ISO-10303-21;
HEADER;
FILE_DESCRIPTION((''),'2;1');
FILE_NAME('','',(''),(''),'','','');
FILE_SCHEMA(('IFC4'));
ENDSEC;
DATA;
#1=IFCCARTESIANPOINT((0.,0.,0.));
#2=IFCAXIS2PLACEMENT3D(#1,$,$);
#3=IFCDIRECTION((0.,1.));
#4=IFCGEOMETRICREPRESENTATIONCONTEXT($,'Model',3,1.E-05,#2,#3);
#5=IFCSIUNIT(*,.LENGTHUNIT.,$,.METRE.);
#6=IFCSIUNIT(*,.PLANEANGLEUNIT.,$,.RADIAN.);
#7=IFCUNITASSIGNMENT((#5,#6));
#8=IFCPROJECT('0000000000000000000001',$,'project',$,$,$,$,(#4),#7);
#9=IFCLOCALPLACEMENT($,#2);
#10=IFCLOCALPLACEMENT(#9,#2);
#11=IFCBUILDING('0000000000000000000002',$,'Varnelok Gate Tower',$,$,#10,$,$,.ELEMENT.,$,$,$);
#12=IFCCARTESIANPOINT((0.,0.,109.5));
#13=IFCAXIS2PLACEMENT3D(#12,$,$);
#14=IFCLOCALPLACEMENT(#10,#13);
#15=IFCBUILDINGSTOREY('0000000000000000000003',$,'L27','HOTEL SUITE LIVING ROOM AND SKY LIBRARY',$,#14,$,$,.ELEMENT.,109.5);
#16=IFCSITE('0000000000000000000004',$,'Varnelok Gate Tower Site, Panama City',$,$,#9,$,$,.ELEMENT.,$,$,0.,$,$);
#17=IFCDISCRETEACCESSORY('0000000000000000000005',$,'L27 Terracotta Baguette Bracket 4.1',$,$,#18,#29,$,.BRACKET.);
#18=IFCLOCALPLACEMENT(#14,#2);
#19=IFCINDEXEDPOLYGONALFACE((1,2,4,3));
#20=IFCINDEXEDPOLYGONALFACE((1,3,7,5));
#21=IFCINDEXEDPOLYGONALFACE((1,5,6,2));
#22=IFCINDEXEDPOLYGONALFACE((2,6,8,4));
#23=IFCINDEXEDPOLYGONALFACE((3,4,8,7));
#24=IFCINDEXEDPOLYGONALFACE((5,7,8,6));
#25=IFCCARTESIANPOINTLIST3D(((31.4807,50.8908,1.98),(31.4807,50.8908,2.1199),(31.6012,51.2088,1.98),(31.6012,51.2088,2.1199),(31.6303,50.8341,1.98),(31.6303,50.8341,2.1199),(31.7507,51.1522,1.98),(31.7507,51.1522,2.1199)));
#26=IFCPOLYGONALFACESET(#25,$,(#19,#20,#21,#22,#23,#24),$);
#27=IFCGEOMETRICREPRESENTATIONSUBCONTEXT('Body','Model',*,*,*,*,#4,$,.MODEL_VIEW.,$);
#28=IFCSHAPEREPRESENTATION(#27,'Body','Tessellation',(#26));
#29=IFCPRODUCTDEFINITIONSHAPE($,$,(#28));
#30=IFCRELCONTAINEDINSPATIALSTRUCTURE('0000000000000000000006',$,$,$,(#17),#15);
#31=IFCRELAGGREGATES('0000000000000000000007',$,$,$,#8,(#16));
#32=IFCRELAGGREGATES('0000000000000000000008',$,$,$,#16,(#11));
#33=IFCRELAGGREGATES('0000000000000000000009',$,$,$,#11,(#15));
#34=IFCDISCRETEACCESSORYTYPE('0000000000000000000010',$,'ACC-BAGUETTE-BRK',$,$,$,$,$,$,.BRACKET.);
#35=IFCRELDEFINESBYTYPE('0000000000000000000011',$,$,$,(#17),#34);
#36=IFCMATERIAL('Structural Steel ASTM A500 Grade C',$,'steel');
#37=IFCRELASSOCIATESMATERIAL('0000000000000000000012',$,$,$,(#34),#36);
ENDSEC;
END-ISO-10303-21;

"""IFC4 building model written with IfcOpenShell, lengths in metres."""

from ifc_helpers import new_model, si_unit, direction, frame, origin, origin_2d, place, context, subcontext, project, spatial, rectangle, extrude, source, transform, mapped, material, type_object, element, save


model = new_model("IFC4")

# Units and contexts
model_context = context("Model", 3, precision=1e-05, world=origin(), true_north=direction((0.0, 1.0)))
body_context = subcontext(model_context, "Body", "Model", "MODEL_VIEW")
ifc_project = project(units=[si_unit("LENGTHUNIT", "METRE"), si_unit("PLANEANGLEUNIT", "RADIAN")], contexts=[model_context])

# Site, building, storey
site_placement = place(None, origin())
site = spatial("IfcSite", under=ifc_project, at=site_placement, Name="Varnelok Gate Tower Site, Panama City", CompositionType="ELEMENT", RefElevation=0.0)
building_placement = place(site_placement, origin())
building = spatial("IfcBuilding", under=site, at=building_placement, Name="Varnelok Gate Tower", CompositionType="ELEMENT")
storey_placement = place(building_placement, frame((0.0, 0.0, 109.5)))
storey = spatial("IfcBuildingStorey", under=building, at=storey_placement, Name="L27", Description="HOTEL SUITE LIVING ROOM AND SKY LIBRARY", CompositionType="ELEMENT", Elevation=109.5)

# Discrete accessory
ifc_material_1 = material(Name="Structural Steel ASTM A500 Grade C", Category="steel")
discrete_accessory_type = type_object("IfcDiscreteAccessoryType", Name="ACC-BAGUETTE-BRK", PredefinedType="BRACKET", material=ifc_material_1)
shared_shape_1 = source(origin(), body_context, "Body", "SweptSolid", [
    extrude(rectangle(XDim=0.1599, YDim=0.3401, at=origin_2d()), origin(), (0.0, 0.0, 1.0), 0.1399),
])
discrete_accessory_placement = place(storey_placement, frame((31.6157, 51.0215, 1.98), z_axis=(0.0, 0.0, 1.0), x_axis=(0.935222, -0.354063, 0.0)))
element("IfcDiscreteAccessory", 1, at=discrete_accessory_placement, inside=storey, type_object=discrete_accessory_type, Name="L27 Terracotta Baguette Bracket 4.1", PredefinedType="BRACKET", context=body_context, shape_type="MappedRepresentation", body=[
    mapped(shared_shape_1, transform((0.0, 0.0, 0.0), scale=1.0)),
])

save(model, "model.ifc")
